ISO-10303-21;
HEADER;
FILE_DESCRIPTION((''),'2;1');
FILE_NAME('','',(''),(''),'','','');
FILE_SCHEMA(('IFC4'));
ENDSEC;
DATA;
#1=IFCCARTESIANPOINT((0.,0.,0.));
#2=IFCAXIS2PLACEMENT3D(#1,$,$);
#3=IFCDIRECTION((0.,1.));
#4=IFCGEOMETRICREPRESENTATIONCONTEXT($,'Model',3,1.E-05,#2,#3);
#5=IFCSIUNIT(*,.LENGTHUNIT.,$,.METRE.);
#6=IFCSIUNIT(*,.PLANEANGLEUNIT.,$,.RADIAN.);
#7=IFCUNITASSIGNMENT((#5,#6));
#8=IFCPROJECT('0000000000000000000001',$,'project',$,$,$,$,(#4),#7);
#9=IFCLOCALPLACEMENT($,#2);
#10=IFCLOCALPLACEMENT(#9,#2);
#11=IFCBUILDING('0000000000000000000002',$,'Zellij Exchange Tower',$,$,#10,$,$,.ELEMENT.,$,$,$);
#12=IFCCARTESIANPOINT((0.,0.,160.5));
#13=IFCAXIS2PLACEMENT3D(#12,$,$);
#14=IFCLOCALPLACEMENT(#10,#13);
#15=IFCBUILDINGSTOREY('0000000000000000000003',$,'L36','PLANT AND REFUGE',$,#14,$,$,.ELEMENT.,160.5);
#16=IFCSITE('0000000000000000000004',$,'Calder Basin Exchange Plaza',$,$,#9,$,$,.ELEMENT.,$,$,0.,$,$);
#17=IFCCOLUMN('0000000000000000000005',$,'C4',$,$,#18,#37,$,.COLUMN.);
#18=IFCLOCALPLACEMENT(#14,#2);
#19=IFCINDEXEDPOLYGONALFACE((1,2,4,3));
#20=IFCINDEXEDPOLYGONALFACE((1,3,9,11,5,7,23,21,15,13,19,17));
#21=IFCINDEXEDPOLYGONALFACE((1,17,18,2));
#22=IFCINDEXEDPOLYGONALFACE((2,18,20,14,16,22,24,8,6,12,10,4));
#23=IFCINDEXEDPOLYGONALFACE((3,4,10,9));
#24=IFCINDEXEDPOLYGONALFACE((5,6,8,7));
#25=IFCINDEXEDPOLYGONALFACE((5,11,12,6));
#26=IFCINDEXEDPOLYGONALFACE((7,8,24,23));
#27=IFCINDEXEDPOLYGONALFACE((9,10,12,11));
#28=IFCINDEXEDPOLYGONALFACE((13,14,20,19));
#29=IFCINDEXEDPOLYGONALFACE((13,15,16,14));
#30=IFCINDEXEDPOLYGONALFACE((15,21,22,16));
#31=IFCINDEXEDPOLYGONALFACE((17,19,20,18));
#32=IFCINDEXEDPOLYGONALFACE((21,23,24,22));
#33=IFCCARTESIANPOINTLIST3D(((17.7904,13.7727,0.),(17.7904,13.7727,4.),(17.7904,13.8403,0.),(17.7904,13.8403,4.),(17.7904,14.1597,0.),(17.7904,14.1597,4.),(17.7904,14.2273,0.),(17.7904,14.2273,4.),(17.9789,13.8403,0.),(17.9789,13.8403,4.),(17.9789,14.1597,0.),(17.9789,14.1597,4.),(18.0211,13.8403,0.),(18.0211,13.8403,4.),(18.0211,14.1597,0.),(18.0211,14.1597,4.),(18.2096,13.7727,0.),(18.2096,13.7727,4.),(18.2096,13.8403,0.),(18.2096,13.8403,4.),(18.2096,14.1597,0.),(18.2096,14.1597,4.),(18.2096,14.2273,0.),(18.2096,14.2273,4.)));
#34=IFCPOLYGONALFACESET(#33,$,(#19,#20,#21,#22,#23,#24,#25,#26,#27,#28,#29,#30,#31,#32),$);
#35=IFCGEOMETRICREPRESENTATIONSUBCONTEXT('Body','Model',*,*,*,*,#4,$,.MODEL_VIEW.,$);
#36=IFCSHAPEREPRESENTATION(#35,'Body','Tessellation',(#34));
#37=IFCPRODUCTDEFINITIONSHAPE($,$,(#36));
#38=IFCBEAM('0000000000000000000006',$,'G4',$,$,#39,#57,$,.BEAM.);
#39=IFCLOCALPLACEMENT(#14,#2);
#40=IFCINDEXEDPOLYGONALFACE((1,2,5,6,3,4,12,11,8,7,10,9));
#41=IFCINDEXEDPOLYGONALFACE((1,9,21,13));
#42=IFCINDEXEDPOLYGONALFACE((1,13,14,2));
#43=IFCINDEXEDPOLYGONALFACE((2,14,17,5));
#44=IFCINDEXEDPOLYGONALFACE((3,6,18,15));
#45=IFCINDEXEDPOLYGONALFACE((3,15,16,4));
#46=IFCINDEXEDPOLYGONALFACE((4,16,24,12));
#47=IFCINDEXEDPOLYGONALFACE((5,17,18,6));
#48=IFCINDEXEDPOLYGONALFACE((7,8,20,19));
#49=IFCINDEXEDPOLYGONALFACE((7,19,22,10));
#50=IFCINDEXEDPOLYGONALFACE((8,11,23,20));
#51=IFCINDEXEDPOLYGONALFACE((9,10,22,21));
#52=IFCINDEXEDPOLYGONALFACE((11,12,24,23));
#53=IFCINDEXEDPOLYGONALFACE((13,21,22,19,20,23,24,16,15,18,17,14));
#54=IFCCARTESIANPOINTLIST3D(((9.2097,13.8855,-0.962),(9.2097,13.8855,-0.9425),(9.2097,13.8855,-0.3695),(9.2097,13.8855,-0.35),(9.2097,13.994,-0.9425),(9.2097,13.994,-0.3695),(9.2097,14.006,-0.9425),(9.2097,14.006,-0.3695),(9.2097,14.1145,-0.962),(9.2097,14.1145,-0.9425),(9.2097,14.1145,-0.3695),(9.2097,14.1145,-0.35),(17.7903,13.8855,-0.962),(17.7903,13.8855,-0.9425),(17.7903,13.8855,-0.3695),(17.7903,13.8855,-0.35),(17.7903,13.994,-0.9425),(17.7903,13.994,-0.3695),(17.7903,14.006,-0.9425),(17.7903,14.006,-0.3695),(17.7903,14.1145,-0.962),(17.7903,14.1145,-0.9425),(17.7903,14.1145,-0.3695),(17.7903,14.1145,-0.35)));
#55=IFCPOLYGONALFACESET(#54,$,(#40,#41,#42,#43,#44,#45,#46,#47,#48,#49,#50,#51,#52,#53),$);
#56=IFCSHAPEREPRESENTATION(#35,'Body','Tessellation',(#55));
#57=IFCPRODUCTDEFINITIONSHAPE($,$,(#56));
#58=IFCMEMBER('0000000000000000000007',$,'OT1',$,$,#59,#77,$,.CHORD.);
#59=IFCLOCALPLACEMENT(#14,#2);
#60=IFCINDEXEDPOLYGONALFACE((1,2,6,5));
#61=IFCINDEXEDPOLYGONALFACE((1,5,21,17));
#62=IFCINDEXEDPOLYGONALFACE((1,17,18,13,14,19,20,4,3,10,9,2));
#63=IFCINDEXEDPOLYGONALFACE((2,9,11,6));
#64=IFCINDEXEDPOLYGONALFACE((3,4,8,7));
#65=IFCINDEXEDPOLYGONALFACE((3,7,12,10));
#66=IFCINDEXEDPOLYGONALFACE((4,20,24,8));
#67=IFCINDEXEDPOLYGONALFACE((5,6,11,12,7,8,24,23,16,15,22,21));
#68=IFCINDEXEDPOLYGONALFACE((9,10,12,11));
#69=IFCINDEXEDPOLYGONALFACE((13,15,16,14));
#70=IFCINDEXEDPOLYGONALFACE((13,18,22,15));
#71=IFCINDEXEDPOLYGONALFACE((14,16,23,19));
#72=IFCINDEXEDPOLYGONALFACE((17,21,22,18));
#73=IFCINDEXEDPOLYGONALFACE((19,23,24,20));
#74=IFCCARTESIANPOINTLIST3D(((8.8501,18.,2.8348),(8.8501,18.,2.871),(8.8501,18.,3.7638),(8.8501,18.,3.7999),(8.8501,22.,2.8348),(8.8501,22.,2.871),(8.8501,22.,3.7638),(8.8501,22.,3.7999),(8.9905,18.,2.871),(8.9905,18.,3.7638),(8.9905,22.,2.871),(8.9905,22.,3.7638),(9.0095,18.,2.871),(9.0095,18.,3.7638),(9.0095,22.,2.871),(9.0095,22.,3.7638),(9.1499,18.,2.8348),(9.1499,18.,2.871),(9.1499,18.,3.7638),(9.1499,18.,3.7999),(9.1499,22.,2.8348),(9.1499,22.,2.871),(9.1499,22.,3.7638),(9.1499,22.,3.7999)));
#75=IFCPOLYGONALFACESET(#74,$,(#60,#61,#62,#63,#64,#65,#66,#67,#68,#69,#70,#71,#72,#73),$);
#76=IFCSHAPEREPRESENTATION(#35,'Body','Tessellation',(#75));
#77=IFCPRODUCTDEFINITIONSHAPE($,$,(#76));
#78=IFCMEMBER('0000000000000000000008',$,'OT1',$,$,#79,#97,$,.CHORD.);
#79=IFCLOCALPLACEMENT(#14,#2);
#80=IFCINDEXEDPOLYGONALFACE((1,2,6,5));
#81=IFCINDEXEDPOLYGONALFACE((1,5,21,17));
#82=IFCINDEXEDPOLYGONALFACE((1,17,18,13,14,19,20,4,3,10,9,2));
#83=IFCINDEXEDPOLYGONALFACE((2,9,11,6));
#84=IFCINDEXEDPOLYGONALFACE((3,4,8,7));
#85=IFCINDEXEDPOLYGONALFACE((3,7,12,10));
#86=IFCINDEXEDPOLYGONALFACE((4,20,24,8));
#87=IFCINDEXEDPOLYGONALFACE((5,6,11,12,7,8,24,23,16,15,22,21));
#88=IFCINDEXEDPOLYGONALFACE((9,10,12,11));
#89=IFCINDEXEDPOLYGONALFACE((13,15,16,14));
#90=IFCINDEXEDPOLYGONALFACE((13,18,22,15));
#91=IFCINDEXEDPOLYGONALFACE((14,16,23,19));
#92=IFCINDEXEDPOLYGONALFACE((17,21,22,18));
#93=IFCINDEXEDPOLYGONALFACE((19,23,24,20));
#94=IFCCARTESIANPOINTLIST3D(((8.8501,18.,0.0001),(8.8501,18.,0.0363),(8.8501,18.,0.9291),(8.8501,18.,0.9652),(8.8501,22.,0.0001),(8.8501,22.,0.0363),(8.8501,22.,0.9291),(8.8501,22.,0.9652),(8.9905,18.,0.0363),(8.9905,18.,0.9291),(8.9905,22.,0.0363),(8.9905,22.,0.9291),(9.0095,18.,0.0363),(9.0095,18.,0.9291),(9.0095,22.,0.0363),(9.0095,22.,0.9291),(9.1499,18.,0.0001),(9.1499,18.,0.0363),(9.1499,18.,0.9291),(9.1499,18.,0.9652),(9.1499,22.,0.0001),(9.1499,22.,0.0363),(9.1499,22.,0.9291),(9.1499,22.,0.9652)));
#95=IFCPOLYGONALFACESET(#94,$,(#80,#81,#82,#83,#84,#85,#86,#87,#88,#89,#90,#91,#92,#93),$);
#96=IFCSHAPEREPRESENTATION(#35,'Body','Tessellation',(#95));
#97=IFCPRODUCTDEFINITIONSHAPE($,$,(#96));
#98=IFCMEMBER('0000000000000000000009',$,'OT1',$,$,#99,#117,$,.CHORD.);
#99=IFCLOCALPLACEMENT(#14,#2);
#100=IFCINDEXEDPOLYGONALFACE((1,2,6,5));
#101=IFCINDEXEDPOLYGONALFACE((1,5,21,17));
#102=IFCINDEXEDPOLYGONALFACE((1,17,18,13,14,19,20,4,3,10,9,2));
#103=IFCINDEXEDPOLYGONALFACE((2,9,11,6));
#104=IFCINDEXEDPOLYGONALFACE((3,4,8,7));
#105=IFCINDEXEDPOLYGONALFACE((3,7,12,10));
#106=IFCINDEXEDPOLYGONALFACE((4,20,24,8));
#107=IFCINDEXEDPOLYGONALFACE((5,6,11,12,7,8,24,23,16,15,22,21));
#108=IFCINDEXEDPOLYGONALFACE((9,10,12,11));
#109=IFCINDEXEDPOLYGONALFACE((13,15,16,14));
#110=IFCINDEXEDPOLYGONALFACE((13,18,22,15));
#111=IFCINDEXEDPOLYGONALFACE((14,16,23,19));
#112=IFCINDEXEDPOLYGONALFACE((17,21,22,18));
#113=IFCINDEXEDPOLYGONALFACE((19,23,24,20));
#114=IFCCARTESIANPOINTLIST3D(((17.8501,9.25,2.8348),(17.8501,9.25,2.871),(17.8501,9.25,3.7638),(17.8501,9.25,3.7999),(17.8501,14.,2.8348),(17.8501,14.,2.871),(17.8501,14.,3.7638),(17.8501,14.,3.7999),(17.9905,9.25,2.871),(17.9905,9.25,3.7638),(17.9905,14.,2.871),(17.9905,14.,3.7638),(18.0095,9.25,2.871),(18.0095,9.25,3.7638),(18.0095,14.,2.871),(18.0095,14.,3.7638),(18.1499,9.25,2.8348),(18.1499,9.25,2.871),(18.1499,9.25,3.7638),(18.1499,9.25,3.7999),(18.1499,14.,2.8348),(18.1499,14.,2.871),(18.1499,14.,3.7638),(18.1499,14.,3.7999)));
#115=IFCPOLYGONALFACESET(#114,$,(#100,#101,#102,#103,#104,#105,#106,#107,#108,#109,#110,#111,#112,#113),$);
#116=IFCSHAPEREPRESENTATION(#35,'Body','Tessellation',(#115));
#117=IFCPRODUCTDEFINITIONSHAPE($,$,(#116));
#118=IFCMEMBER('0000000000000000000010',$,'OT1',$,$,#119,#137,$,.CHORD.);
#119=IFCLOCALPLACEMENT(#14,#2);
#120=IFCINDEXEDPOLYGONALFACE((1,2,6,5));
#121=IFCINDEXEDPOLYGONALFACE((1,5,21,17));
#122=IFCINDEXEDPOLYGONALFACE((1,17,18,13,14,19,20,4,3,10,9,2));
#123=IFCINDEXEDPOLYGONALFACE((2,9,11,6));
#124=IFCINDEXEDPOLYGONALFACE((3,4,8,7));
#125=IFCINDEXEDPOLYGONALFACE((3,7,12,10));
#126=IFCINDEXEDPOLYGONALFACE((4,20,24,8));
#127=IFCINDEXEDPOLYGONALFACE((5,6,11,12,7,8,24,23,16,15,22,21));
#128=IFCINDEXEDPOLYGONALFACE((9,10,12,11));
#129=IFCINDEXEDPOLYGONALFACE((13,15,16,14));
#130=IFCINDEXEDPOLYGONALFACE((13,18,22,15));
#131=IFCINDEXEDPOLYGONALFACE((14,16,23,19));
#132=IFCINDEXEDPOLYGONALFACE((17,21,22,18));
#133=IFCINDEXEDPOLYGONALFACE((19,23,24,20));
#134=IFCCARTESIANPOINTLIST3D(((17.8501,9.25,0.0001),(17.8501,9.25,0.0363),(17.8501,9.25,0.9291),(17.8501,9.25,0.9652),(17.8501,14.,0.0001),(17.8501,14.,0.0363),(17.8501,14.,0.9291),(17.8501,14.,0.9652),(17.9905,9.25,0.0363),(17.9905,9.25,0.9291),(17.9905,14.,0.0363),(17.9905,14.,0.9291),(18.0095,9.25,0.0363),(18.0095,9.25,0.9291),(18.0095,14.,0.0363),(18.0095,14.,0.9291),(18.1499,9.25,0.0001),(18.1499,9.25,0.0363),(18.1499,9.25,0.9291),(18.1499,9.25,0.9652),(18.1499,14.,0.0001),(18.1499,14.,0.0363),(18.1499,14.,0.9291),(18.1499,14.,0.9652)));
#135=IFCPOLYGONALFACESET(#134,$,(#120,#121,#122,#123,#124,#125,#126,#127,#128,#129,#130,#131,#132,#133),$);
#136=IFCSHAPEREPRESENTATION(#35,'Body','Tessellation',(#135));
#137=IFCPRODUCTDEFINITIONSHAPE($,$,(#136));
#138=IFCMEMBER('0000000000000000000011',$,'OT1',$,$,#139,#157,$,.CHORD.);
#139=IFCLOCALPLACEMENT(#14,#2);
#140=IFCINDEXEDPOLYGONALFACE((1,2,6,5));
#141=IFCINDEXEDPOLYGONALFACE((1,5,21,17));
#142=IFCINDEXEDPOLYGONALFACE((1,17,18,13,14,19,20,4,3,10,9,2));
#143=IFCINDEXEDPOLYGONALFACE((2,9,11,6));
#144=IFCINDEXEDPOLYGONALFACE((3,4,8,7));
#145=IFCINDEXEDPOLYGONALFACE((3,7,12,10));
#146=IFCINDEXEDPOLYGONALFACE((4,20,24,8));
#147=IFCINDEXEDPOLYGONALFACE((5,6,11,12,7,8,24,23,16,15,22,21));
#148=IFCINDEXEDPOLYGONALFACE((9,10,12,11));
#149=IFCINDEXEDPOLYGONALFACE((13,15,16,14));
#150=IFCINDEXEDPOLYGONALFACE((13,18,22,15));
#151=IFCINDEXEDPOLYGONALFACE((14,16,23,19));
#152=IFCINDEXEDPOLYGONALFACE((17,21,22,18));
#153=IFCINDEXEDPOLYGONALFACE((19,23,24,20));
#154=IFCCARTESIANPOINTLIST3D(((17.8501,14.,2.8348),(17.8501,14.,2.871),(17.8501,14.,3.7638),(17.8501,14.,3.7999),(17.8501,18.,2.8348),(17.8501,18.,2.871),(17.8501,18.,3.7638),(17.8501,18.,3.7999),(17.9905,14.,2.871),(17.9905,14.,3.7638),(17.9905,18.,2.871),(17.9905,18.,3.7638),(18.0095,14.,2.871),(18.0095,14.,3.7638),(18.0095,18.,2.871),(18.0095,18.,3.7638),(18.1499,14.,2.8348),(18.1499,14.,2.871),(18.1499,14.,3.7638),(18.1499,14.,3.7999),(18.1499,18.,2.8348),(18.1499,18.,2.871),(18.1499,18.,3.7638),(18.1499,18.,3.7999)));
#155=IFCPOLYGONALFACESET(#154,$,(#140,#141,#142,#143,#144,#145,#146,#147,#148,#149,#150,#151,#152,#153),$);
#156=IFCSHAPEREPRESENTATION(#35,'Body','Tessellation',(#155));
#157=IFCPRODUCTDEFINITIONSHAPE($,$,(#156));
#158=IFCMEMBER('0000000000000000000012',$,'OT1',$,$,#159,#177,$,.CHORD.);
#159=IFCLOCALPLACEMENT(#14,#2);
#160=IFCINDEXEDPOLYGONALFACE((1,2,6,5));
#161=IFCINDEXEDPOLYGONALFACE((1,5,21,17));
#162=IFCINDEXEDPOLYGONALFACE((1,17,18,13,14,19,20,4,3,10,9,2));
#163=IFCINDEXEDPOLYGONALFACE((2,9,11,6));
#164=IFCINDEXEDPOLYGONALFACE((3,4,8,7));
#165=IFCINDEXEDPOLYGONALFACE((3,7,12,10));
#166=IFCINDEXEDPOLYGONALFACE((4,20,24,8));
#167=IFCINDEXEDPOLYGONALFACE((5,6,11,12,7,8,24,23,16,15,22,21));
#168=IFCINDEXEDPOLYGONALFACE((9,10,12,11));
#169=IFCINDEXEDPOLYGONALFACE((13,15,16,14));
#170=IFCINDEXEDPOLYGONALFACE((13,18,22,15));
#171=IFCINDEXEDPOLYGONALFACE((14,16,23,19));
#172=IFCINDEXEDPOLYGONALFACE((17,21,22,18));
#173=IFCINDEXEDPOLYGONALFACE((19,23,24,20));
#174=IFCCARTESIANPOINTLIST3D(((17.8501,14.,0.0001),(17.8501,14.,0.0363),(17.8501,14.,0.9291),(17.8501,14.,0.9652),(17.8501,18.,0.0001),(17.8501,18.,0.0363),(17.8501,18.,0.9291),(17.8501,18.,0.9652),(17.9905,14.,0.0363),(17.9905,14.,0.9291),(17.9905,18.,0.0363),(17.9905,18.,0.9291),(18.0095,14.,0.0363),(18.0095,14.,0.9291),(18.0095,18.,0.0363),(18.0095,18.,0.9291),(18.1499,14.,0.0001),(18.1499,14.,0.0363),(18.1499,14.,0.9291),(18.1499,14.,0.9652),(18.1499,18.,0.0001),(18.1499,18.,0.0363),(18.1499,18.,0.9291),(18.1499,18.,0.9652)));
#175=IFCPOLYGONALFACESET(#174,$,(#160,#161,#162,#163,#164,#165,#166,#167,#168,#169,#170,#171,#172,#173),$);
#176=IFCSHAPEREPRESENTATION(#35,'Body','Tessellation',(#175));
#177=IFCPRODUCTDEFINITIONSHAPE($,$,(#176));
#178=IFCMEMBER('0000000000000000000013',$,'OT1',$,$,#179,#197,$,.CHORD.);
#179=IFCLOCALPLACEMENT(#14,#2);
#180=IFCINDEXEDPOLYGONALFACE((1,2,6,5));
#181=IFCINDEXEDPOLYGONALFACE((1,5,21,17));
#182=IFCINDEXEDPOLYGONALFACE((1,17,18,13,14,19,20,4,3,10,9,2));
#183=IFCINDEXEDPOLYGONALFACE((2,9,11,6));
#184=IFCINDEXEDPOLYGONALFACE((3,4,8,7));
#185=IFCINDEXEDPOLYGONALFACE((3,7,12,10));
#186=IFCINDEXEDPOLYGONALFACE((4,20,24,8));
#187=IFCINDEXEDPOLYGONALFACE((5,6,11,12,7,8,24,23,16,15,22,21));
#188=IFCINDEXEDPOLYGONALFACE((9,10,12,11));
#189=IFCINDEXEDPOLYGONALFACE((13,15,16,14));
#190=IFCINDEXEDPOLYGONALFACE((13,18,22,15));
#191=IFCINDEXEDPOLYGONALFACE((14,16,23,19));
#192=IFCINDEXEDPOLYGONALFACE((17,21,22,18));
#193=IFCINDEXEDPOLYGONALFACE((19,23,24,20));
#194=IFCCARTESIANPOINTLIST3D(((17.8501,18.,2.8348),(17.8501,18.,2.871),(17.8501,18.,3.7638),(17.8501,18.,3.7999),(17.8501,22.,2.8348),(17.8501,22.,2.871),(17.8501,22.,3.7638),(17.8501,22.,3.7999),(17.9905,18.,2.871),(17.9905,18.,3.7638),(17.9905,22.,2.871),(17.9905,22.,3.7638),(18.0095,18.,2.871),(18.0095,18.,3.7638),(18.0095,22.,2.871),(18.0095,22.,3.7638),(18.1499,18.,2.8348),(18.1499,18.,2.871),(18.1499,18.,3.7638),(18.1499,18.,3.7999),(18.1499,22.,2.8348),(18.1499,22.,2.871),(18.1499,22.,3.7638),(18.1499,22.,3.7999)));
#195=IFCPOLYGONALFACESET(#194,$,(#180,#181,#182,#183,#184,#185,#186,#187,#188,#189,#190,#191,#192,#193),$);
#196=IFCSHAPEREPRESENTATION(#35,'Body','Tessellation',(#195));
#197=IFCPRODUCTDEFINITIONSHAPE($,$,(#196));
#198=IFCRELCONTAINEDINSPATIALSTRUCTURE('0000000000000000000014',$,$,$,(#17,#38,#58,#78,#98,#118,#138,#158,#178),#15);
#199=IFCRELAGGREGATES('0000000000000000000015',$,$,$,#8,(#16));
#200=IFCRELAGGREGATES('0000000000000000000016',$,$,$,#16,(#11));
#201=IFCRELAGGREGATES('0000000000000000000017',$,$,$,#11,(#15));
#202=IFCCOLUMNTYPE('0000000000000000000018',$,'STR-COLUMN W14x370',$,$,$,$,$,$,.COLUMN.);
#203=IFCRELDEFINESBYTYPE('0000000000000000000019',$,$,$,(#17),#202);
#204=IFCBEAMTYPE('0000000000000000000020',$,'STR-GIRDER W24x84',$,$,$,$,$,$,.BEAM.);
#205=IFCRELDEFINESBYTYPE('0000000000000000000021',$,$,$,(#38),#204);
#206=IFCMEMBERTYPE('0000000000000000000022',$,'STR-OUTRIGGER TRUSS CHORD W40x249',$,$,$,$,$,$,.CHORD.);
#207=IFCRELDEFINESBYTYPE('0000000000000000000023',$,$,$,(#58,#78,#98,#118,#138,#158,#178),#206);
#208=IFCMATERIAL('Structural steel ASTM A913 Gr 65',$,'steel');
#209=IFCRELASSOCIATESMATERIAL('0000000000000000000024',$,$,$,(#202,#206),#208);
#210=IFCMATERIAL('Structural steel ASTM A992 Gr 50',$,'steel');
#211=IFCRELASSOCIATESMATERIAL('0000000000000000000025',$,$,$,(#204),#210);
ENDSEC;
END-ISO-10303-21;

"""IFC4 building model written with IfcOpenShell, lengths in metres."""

from ifc_helpers import new_model, si_unit, direction, frame, origin, origin_2d, place, context, subcontext, project, spatial, i_section, extrude, material, material_profile, profile_set, type_object, element, save


model = new_model("IFC4")

# Units and contexts
model_context = context("Model", 3, precision=1e-05, world=origin(), true_north=direction((0.0, 1.0)))
body_context = subcontext(model_context, "Body", "Model", "MODEL_VIEW")
ifc_project = project(units=[si_unit("LENGTHUNIT", "METRE"), si_unit("PLANEANGLEUNIT", "RADIAN")], contexts=[model_context])

# Site, building, storey
site_placement = place(None, origin())
site = spatial("IfcSite", under=ifc_project, at=site_placement, Name="Calder Basin Exchange Plaza", CompositionType="ELEMENT", RefElevation=0.0)
building_placement = place(site_placement, origin())
building = spatial("IfcBuilding", under=site, at=building_placement, Name="Zellij Exchange Tower", CompositionType="ELEMENT")
storey_placement = place(building_placement, frame((0.0, 0.0, 160.5)))
storey = spatial("IfcBuildingStorey", under=building, at=storey_placement, Name="L36", Description="PLANT AND REFUGE", CompositionType="ELEMENT", Elevation=160.5)

# Column
ifc_material_1 = material(Name="Structural steel ASTM A913 Gr 65", Category="steel")
ifc_material_profile_1 = material_profile(ifc_material_1, i_section(OverallWidth=0.4192, OverallDepth=0.4546, WebThickness=0.0422, FlangeThickness=0.0676, at=origin_2d()), Name="W14x370")
ifc_profile_set_1 = profile_set([ifc_material_profile_1], Name="Structural steel ASTM A913 Gr 65")
column_type = type_object("IfcColumnType", Name="STR-COLUMN W14x370", PredefinedType="COLUMN", material=ifc_profile_set_1)
column_placement = place(storey_placement, frame((18.0, 14.0, 0.0), z_axis=(0.0, 0.0, 1.0), x_axis=(1.0, 0.0, 0.0)))
element("IfcColumn", 1, at=column_placement, inside=storey, type_object=column_type, Name="C4", PredefinedType="COLUMN", context=body_context, shape_type="SweptSolid", body=[
    extrude(i_section(OverallWidth=0.4192, OverallDepth=0.4546, WebThickness=0.0422, FlangeThickness=0.0676, at=origin_2d()), origin(), (0.0, 0.0, 1.0), 4.0),
])

# Beam
ifc_material_2 = material(Name="Structural steel ASTM A992 Gr 50", Category="steel")
ifc_material_profile_2 = material_profile(ifc_material_2, i_section(OverallWidth=0.229, OverallDepth=0.6121, WebThickness=0.012, FlangeThickness=0.0195, at=origin_2d()), Name="W24x84")
ifc_profile_set_2 = profile_set([ifc_material_profile_2], Name="Structural steel ASTM A992 Gr 50")
beam_type = type_object("IfcBeamType", Name="STR-GIRDER W24x84", PredefinedType="BEAM", material=ifc_profile_set_2)
beam_placement = place(storey_placement, frame((9.2097, 14.0, -0.656), z_axis=(1.0, 0.0, 0.0), x_axis=(0.0, 1.0, 0.0)))
element("IfcBeam", 2, at=beam_placement, inside=storey, type_object=beam_type, Name="G4", PredefinedType="BEAM", context=body_context, shape_type="SweptSolid", body=[
    extrude(i_section(OverallWidth=0.229, OverallDepth=0.6121, WebThickness=0.012, FlangeThickness=0.0195, at=origin_2d()), origin(), (0.0, 0.0, 1.0), 8.5806),
])

# Members
ifc_material_profile_3 = material_profile(ifc_material_1, i_section(OverallWidth=0.2998, OverallDepth=0.9651, WebThickness=0.019, FlangeThickness=0.0361, at=origin_2d()), Name="W40x249")
ifc_profile_set_3 = profile_set([ifc_material_profile_3], Name="Structural steel ASTM A913 Gr 65")
member_type_1 = type_object("IfcMemberType", Name="STR-OUTRIGGER TRUSS CHORD W40x249", PredefinedType="CHORD", material=ifc_profile_set_3)
for number, where, z_axis, x_axis, name in (
    (3, (9.0, 18.0, 3.3174), (0.0, 1.0, 0.0), (-1.0, 0.0, 0.0), "OT1"),
    (4, (9.0, 18.0, 0.4827), (0.0, 1.0, 0.0), (-1.0, 0.0, 0.0), "OT1"),
):
    element("IfcMember", number, at=place(storey_placement, frame(where, z_axis=z_axis, x_axis=x_axis)), inside=storey, type_object=member_type_1, Name=name, PredefinedType="CHORD", context=body_context, shape_type="SweptSolid", body=[
        extrude(i_section(OverallWidth=0.2998, OverallDepth=0.9651, WebThickness=0.019, FlangeThickness=0.0361, at=origin_2d()), origin(), (0.0, 0.0, 1.0), 4.0),
    ])
for number, where, z_axis, x_axis, name in (
    (5, (18.0, 9.25, 3.3174), (0.0, 1.0, 0.0), (-1.0, 0.0, 0.0), "OT1"),
    (6, (18.0, 9.25, 0.4827), (0.0, 1.0, 0.0), (-1.0, 0.0, 0.0), "OT1"),
):
    element("IfcMember", number, at=place(storey_placement, frame(where, z_axis=z_axis, x_axis=x_axis)), inside=storey, type_object=member_type_1, Name=name, PredefinedType="CHORD", context=body_context, shape_type="SweptSolid", body=[
        extrude(i_section(OverallWidth=0.2998, OverallDepth=0.9651, WebThickness=0.019, FlangeThickness=0.0361, at=origin_2d()), origin(), (0.0, 0.0, 1.0), 4.75),
    ])
for number, where, z_axis, x_axis, name in (
    (7, (18.0, 14.0, 3.3174), (0.0, 1.0, 0.0), (-1.0, 0.0, 0.0), "OT1"),
    (8, (18.0, 14.0, 0.4827), (0.0, 1.0, 0.0), (-1.0, 0.0, 0.0), "OT1"),
    (9, (18.0, 18.0, 3.3174), (0.0, 1.0, 0.0), (-1.0, 0.0, 0.0), "OT1"),
):
    element("IfcMember", number, at=place(storey_placement, frame(where, z_axis=z_axis, x_axis=x_axis)), inside=storey, type_object=member_type_1, Name=name, PredefinedType="CHORD", context=body_context, shape_type="SweptSolid", body=[
        extrude(i_section(OverallWidth=0.2998, OverallDepth=0.9651, WebThickness=0.019, FlangeThickness=0.0361, at=origin_2d()), origin(), (0.0, 0.0, 1.0), 4.0),
    ])

save(model, "model.ifc")
